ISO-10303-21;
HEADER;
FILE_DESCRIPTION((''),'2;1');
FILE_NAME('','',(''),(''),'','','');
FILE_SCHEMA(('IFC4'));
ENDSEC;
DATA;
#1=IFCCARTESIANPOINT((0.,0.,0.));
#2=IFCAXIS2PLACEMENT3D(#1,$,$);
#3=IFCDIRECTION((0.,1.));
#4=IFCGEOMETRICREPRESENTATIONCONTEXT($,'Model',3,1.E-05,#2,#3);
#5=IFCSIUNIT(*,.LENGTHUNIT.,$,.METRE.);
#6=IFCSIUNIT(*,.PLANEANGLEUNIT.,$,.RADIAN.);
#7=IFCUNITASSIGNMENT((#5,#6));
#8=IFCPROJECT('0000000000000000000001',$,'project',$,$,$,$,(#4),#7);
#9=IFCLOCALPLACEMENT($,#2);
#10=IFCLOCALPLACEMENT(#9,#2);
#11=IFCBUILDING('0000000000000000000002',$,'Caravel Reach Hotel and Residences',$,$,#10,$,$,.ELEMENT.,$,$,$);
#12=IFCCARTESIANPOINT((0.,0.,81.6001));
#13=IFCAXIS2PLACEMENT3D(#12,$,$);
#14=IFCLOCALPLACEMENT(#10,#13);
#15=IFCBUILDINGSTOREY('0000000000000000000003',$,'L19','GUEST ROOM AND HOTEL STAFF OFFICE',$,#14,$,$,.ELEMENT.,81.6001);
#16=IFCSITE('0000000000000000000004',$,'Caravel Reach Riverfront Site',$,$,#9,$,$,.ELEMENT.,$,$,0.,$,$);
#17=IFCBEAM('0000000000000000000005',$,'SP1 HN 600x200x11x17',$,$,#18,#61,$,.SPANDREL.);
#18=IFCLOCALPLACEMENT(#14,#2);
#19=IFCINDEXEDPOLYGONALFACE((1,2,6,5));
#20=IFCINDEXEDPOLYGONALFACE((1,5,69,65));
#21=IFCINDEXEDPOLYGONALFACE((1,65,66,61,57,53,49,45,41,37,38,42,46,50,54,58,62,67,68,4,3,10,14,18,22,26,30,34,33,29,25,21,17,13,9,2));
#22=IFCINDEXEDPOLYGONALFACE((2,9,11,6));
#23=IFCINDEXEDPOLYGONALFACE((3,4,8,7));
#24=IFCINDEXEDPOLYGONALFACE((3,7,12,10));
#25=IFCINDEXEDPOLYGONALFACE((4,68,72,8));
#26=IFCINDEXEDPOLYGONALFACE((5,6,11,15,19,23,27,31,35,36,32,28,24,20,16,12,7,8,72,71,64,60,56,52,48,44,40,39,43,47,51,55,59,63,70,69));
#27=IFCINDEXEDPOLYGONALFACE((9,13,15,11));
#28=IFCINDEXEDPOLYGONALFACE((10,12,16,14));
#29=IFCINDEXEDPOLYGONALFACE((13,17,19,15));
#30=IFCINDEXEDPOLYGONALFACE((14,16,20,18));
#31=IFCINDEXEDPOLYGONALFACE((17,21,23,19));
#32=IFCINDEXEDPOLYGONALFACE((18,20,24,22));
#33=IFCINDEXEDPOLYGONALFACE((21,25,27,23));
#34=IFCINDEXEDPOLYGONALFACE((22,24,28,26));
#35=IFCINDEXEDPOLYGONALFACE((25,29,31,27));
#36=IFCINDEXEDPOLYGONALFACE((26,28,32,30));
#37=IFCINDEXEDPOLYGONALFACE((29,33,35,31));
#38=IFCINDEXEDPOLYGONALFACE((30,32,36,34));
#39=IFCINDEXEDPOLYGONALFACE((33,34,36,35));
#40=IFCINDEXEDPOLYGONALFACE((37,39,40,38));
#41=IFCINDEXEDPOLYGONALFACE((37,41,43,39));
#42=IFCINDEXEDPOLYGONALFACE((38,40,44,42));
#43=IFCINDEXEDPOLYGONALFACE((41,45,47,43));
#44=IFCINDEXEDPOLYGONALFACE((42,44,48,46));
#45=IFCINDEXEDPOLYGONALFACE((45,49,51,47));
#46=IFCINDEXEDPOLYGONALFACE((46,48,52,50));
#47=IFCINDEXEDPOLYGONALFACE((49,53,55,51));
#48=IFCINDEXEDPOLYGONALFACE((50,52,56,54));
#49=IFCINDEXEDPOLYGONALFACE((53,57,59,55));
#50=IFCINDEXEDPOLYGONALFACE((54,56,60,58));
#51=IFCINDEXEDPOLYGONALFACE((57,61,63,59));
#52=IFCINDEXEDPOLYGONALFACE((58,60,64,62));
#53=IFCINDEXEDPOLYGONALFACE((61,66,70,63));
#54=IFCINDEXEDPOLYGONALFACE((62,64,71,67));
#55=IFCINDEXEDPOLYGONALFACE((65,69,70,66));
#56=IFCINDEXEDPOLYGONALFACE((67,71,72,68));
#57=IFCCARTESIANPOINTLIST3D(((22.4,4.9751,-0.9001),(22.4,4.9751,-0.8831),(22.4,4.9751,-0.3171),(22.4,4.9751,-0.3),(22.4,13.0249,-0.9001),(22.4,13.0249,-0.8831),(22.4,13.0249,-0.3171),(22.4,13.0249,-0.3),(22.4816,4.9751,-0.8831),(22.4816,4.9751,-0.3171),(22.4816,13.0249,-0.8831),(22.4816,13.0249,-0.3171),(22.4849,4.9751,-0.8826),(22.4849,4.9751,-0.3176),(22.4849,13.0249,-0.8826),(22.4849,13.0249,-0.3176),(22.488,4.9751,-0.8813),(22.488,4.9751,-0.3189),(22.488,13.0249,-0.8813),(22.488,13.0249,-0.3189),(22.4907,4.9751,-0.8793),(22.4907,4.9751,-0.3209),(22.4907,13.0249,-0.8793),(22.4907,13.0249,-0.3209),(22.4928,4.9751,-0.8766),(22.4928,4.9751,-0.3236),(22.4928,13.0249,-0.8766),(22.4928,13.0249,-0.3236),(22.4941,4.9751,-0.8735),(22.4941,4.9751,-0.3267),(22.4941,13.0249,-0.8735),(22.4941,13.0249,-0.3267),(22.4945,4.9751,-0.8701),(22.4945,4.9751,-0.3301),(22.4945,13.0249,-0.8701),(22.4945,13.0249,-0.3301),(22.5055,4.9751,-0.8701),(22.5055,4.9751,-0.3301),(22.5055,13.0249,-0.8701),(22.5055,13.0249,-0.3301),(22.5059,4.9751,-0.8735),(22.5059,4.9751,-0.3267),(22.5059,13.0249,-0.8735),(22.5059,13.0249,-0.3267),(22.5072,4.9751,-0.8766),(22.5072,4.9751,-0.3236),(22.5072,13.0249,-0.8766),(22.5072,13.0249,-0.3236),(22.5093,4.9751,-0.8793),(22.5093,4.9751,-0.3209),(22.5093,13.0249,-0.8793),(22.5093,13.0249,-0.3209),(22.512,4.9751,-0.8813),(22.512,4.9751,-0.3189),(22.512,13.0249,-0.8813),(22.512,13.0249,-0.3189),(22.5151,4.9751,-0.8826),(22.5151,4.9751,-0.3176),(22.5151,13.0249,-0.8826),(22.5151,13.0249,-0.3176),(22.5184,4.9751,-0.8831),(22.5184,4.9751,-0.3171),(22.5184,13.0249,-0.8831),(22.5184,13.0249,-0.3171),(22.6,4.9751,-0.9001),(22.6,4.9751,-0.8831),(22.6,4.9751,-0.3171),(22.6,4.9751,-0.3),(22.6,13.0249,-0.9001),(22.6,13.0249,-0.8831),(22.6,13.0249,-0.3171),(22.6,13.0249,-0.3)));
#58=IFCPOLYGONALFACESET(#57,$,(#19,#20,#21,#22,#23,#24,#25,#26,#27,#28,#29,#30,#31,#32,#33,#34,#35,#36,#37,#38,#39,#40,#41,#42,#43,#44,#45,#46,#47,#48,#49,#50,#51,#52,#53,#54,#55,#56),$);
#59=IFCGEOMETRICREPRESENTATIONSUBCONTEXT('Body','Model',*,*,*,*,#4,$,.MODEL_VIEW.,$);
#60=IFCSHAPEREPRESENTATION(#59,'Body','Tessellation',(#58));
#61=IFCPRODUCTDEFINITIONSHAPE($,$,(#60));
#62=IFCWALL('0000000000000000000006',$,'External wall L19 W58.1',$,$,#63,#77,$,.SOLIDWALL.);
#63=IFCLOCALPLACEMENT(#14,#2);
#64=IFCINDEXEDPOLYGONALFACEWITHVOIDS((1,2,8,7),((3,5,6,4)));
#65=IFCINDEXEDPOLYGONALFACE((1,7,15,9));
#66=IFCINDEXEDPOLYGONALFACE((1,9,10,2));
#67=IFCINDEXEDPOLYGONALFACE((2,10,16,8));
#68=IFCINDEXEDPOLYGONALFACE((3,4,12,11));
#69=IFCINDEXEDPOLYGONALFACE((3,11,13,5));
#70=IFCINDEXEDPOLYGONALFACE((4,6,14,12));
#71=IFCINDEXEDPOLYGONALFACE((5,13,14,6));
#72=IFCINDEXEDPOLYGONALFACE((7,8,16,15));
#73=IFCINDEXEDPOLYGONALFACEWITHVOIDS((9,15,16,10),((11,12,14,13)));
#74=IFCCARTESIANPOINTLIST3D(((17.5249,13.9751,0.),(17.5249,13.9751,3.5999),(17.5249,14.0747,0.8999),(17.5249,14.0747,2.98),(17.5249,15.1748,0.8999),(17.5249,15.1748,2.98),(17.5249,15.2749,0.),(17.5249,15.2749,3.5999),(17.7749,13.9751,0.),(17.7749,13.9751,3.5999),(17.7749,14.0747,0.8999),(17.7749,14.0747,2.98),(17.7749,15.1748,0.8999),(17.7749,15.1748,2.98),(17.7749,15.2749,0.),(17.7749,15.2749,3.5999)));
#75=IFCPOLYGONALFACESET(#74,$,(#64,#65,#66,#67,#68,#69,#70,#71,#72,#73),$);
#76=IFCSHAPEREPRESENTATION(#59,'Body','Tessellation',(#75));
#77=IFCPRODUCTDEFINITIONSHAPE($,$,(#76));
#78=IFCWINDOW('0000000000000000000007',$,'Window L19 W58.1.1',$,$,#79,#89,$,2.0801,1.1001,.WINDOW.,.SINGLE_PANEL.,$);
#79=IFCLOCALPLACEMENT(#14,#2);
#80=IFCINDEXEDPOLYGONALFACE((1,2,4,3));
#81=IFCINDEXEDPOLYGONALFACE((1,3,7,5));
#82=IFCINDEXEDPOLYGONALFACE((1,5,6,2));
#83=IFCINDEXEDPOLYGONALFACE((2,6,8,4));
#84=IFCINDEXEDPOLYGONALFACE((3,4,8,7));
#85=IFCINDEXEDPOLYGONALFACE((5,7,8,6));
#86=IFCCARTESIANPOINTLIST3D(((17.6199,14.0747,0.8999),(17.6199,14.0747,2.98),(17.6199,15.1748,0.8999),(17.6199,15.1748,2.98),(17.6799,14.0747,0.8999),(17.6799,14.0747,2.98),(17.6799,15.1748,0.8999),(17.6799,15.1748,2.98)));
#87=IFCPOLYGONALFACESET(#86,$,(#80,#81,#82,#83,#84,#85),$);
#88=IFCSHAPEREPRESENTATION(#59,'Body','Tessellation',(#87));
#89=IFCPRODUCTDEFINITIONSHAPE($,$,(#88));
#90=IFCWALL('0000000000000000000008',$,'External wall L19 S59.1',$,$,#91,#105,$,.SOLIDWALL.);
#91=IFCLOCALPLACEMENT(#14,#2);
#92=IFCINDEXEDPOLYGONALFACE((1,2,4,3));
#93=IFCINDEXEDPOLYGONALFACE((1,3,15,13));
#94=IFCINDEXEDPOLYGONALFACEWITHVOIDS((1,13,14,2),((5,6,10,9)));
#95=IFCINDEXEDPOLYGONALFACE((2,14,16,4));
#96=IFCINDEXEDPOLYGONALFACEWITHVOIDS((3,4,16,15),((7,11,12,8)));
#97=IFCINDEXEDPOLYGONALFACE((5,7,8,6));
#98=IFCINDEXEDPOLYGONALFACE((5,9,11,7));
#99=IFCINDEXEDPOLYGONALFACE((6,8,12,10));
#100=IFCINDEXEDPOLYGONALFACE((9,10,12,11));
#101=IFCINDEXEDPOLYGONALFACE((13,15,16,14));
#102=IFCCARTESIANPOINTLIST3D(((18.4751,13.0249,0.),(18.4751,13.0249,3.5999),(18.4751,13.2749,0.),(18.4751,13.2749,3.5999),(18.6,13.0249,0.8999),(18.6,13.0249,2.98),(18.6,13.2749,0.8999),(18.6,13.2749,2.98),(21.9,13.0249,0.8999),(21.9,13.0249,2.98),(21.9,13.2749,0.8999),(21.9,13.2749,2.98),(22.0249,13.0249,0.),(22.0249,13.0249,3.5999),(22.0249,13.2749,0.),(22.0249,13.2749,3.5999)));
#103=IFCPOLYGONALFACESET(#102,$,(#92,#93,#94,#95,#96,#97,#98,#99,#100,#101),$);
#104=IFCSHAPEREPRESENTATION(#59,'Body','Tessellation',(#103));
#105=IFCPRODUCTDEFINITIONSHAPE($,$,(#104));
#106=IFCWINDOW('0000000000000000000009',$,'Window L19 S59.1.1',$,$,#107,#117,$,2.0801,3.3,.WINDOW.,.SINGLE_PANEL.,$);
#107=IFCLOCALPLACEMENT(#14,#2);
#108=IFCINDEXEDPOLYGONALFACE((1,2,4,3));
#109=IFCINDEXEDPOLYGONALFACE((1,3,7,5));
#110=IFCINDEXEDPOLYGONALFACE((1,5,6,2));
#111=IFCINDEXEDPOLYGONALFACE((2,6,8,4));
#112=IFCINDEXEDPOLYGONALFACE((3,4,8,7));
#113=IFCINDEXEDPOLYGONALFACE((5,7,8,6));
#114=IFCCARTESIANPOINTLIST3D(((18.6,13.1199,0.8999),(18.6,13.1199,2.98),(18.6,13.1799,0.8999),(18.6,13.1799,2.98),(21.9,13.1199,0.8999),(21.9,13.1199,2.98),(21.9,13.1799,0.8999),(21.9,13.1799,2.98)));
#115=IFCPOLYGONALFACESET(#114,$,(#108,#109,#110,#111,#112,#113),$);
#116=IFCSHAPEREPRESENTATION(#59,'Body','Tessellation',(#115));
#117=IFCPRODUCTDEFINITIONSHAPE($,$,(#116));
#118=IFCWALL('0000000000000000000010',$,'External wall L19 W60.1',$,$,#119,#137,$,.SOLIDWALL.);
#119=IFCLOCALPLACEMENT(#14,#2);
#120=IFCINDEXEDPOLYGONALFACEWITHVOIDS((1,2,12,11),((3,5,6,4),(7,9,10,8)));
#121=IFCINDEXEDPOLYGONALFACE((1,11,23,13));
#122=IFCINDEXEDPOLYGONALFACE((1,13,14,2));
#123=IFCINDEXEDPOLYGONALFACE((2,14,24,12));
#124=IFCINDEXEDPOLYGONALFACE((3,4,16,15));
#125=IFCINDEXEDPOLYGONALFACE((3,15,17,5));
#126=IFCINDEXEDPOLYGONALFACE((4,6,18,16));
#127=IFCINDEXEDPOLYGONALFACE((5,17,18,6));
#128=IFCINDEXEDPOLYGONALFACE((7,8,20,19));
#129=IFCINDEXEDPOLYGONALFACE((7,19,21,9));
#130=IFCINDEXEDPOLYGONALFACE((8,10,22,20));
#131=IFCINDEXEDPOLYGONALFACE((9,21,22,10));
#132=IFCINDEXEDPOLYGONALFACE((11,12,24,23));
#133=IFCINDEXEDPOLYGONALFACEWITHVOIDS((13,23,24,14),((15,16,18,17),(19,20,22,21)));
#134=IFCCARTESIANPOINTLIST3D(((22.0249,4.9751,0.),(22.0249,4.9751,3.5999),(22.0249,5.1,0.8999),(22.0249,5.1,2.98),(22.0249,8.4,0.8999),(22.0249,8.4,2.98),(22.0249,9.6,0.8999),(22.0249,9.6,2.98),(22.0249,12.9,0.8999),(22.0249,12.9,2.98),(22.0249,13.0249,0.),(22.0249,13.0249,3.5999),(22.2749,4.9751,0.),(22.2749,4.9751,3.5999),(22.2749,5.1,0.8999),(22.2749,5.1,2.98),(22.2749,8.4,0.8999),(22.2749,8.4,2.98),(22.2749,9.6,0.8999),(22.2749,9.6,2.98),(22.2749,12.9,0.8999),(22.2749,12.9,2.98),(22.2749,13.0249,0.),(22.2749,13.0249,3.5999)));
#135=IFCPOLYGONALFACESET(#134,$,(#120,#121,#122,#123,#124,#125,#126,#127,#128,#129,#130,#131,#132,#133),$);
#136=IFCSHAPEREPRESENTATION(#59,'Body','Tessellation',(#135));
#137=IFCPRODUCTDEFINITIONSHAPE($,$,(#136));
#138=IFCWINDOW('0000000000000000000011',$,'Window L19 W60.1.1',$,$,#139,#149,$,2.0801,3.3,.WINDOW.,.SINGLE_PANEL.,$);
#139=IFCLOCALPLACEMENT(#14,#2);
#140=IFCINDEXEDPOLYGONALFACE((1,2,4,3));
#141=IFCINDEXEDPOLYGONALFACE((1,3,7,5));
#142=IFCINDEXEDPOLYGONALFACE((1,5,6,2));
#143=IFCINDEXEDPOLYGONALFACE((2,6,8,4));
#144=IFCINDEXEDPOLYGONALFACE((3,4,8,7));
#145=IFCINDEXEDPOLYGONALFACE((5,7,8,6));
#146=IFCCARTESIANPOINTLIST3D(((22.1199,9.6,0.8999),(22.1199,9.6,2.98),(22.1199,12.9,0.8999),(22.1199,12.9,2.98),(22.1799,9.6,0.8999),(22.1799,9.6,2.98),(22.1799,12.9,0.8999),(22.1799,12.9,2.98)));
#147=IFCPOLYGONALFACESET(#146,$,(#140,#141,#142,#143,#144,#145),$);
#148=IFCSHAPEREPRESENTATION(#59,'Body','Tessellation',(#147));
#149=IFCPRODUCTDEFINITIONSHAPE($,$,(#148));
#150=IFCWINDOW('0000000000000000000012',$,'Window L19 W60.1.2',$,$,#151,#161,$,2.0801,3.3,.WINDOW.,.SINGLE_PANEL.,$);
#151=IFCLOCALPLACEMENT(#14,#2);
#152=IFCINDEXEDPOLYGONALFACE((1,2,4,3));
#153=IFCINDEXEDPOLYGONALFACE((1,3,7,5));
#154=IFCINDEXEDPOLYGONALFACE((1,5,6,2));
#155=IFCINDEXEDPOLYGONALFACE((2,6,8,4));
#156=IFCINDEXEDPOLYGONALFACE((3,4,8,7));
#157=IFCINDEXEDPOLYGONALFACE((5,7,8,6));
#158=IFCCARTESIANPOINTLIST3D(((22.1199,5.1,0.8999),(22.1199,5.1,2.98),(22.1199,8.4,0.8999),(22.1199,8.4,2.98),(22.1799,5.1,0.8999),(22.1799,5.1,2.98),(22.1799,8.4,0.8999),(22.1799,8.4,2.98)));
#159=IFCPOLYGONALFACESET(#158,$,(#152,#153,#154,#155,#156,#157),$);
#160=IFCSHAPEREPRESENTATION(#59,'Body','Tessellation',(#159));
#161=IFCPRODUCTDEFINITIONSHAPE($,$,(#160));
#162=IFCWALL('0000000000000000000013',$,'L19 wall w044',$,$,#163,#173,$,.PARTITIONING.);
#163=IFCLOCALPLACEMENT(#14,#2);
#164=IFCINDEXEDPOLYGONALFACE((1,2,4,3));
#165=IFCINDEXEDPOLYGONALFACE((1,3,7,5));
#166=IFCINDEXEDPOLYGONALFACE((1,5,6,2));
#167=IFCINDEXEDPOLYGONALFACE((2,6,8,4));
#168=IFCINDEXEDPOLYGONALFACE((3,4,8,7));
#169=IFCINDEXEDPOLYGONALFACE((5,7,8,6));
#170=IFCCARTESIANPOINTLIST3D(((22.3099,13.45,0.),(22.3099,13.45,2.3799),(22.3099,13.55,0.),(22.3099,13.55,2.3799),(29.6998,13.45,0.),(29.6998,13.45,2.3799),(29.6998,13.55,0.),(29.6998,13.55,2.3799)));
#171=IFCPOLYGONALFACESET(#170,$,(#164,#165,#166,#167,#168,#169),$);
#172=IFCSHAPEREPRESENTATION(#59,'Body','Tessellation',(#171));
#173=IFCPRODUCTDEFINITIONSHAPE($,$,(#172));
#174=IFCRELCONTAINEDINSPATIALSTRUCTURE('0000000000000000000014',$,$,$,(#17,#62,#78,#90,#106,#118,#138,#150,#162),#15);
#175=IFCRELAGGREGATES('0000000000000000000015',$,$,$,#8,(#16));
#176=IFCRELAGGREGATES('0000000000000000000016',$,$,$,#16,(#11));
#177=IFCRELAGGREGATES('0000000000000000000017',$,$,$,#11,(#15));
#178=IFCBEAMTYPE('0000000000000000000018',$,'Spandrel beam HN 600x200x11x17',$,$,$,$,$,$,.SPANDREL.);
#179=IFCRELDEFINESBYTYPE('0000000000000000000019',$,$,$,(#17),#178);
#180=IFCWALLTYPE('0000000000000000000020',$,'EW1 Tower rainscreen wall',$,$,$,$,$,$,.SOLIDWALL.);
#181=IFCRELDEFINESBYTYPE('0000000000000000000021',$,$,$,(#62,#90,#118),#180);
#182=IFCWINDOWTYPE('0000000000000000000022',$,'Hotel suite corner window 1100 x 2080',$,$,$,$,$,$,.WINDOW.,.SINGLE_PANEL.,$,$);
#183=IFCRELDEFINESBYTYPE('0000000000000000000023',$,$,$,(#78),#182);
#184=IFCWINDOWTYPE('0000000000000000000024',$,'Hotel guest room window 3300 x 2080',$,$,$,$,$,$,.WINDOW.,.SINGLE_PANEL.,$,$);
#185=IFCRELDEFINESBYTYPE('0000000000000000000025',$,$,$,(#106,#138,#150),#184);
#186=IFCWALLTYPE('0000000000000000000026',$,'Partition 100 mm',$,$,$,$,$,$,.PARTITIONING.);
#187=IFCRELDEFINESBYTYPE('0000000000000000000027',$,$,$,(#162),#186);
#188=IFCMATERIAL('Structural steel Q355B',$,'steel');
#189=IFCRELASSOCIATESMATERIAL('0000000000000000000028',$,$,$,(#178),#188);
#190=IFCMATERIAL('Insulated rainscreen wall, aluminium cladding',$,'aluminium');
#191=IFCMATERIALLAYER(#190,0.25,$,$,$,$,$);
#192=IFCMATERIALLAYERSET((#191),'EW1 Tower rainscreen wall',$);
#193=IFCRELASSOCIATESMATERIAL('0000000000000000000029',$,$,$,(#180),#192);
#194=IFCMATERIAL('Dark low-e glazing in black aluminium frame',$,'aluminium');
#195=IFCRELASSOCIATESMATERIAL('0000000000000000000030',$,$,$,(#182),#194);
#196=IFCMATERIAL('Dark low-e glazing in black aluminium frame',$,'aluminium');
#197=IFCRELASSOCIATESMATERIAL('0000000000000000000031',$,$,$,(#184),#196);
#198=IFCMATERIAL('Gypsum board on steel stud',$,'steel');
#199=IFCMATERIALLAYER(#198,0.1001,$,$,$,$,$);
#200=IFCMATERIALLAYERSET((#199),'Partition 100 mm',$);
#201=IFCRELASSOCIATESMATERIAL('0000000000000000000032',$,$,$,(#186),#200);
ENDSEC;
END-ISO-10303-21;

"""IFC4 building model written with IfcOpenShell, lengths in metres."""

from ifc_helpers import new_model, si_unit, direction, frame, frame_2d, origin, origin_2d, place, context, subcontext, project, spatial, rectangle, i_section, extrude, material, layer, layer_set, material_profile, profile_set, type_object, element, fill, save


model = new_model("IFC4")

# Units and contexts
model_context = context("Model", 3, precision=1e-05, world=origin(), true_north=direction((0.0, 1.0)))
body_context = subcontext(model_context, "Body", "Model", "MODEL_VIEW")
ifc_project = project(units=[si_unit("LENGTHUNIT", "METRE"), si_unit("PLANEANGLEUNIT", "RADIAN")], contexts=[model_context])

# Site, building, storey
site_placement = place(None, origin())
site = spatial("IfcSite", under=ifc_project, at=site_placement, Name="Caravel Reach Riverfront Site", CompositionType="ELEMENT", RefElevation=0.0)
building_placement = place(site_placement, origin())
building = spatial("IfcBuilding", under=site, at=building_placement, Name="Caravel Reach Hotel and Residences", CompositionType="ELEMENT")
storey_placement = place(building_placement, frame((0.0, 0.0, 81.6001)))
storey = spatial("IfcBuildingStorey", under=building, at=storey_placement, Name="L19", Description="GUEST ROOM AND HOTEL STAFF OFFICE", CompositionType="ELEMENT", Elevation=81.6001)

# Beam
ifc_material_1 = material(Name="Structural steel Q355B", Category="steel")
ifc_material_profile_1 = material_profile(ifc_material_1, i_section(OverallWidth=0.2, OverallDepth=0.6001, WebThickness=0.011, FlangeThickness=0.0171, FilletRadius=0.0129, at=origin_2d()), Name="HN 600x200x11x17")
ifc_profile_set_1 = profile_set([ifc_material_profile_1], Name="Structural steel Q355B")
beam_type_1 = type_object("IfcBeamType", Name="Spandrel beam HN 600x200x11x17", PredefinedType="SPANDREL", material=ifc_profile_set_1)
beam_1_placement = place(storey_placement, frame((22.5, 13.0249, -0.6001), z_axis=(0.0, -1.0, 0.0), x_axis=(1.0, 0.0, 0.0)))
element("IfcBeam", 1, at=beam_1_placement, inside=storey, type_object=beam_type_1, Name="SP1 HN 600x200x11x17", PredefinedType="SPANDREL", context=body_context, shape_type="SweptSolid", body=[
    extrude(i_section(OverallWidth=0.2, OverallDepth=0.6001, WebThickness=0.011, FlangeThickness=0.0171, FilletRadius=0.0129, at=origin_2d()), origin(), (0.0, 0.0, 1.0), 8.0498),
])

# Walls, openings, windows
ifc_material_2 = material(Name="Insulated rainscreen wall, aluminium cladding", Category="aluminium")
ifc_layer_1 = layer(ifc_material_2, 0.25)
ifc_layer_set_1 = layer_set([ifc_layer_1], Name="EW1 Tower rainscreen wall")
wall_type_1 = type_object("IfcWallType", Name="EW1 Tower rainscreen wall", PredefinedType="SOLIDWALL", material=ifc_layer_set_1)
wall_1_placement = place(storey_placement, frame((17.6499, 15.2749, 0.0), z_axis=(0.0, 0.0, 1.0), x_axis=(0.0, -1.0, 0.0)))
wall_1 = element("IfcWall", 2, at=wall_1_placement, inside=storey, type_object=wall_type_1, Name="External wall L19 W58.1", PredefinedType="SOLIDWALL", context=body_context, shape_type="SweptSolid", body=[
    extrude(rectangle(XDim=1.2998, YDim=0.25, at=frame_2d((0.6499, 0.0))), origin(), (0.0, 0.0, 1.0), 3.5999),
])
opening_1_placement = place(wall_1_placement, frame((0.1001, 0.0, 0.8999)))
opening_1 = element("IfcOpeningElement", 3, at=opening_1_placement, cuts=wall_1, PredefinedType="OPENING", context=body_context, shape_type="SweptSolid", body=[
    extrude(rectangle(XDim=1.1001, YDim=2.0801, at=frame_2d((0.55, 1.04))), frame((0.0, 0.135, 0.0), z_axis=(0.0, -1.0, 0.0), x_axis=(1.0, 0.0, 0.0)), (0.0, 0.0, 1.0), 0.27),
])
ifc_material_3 = material(Name="Dark low-e glazing in black aluminium frame", Category="aluminium")
window_type_1 = type_object("IfcWindowType", Name="Hotel suite corner window 1100 x 2080", PartitioningType="SINGLE_PANEL", PredefinedType="WINDOW", material=ifc_material_3)
window_1_placement = place(opening_1_placement, origin())
window_1 = element("IfcWindow", 4, at=window_1_placement, inside=storey, type_object=window_type_1, Name="Window L19 W58.1.1", OverallHeight=2.0801, OverallWidth=1.1001, PartitioningType="SINGLE_PANEL", PredefinedType="WINDOW", context=body_context, shape_type="SweptSolid", body=[
    extrude(rectangle(XDim=1.1001, YDim=2.0801, at=frame_2d((0.55, 1.04))), frame((0.0, 0.03, 0.0), z_axis=(0.0, -1.0, 0.0), x_axis=(1.0, 0.0, 0.0)), (0.0, 0.0, 1.0), 0.0601),
])
fill(opening_1, window_1)
wall_2_placement = place(storey_placement, frame((18.4751, 13.1499, 0.0), z_axis=(0.0, 0.0, 1.0), x_axis=(1.0, 0.0, 0.0)))
wall_2 = element("IfcWall", 5, at=wall_2_placement, inside=storey, type_object=wall_type_1, Name="External wall L19 S59.1", PredefinedType="SOLIDWALL", context=body_context, shape_type="SweptSolid", body=[
    extrude(rectangle(XDim=3.5498, YDim=0.25, at=frame_2d((1.7749, 0.0))), origin(), (0.0, 0.0, 1.0), 3.5999),
])
opening_2_placement = place(wall_2_placement, frame((0.125, 0.0, 0.8999)))
opening_2 = element("IfcOpeningElement", 6, at=opening_2_placement, cuts=wall_2, PredefinedType="OPENING", context=body_context, shape_type="SweptSolid", body=[
    extrude(rectangle(XDim=3.3, YDim=2.0801, at=frame_2d((1.6499, 1.04))), frame((0.0, 0.135, 0.0), z_axis=(0.0, -1.0, 0.0), x_axis=(1.0, 0.0, 0.0)), (0.0, 0.0, 1.0), 0.27),
])
ifc_material_4 = material(Name="Dark low-e glazing in black aluminium frame", Category="aluminium")
window_type_2 = type_object("IfcWindowType", Name="Hotel guest room window 3300 x 2080", PartitioningType="SINGLE_PANEL", PredefinedType="WINDOW", material=ifc_material_4)
window_2_placement = place(opening_2_placement, origin())
window_2 = element("IfcWindow", 7, at=window_2_placement, inside=storey, type_object=window_type_2, Name="Window L19 S59.1.1", OverallHeight=2.0801, OverallWidth=3.3, PartitioningType="SINGLE_PANEL", PredefinedType="WINDOW", context=body_context, shape_type="SweptSolid", body=[
    extrude(rectangle(XDim=3.3, YDim=2.0801, at=frame_2d((1.6499, 1.04))), frame((0.0, 0.03, 0.0), z_axis=(0.0, -1.0, 0.0), x_axis=(1.0, 0.0, 0.0)), (0.0, 0.0, 1.0), 0.0601),
])
fill(opening_2, window_2)

# Wall, openings, windows
wall_3_placement = place(storey_placement, frame((22.1499, 13.0249, 0.0), z_axis=(0.0, 0.0, 1.0), x_axis=(0.0, -1.0, 0.0)))
wall_3 = element("IfcWall", 8, at=wall_3_placement, inside=storey, type_object=wall_type_1, Name="External wall L19 W60.1", PredefinedType="SOLIDWALL", context=body_context, shape_type="SweptSolid", body=[
    extrude(rectangle(XDim=8.0498, YDim=0.25, at=frame_2d((4.0249, 0.0))), origin(), (0.0, 0.0, 1.0), 3.5999),
])
opening_3_placement = place(wall_3_placement, frame((0.125, 0.0, 0.8999)))
opening_3 = element("IfcOpeningElement", 9, at=opening_3_placement, cuts=wall_3, PredefinedType="OPENING", context=body_context, shape_type="SweptSolid", body=[
    extrude(rectangle(XDim=3.3, YDim=2.0801, at=frame_2d((1.6499, 1.04))), frame((0.0, 0.135, 0.0), z_axis=(0.0, -1.0, 0.0), x_axis=(1.0, 0.0, 0.0)), (0.0, 0.0, 1.0), 0.27),
])
opening_4_placement = place(wall_3_placement, frame((4.625, 0.0, 0.8999)))
opening_4 = element("IfcOpeningElement", 10, at=opening_4_placement, cuts=wall_3, PredefinedType="OPENING", context=body_context, shape_type="SweptSolid", body=[
    extrude(rectangle(XDim=3.3, YDim=2.0801, at=frame_2d((1.6499, 1.04))), frame((0.0, 0.135, 0.0), z_axis=(0.0, -1.0, 0.0), x_axis=(1.0, 0.0, 0.0)), (0.0, 0.0, 1.0), 0.27),
])
window_3_placement = place(opening_3_placement, origin())
window_3 = element("IfcWindow", 11, at=window_3_placement, inside=storey, type_object=window_type_2, Name="Window L19 W60.1.1", OverallHeight=2.0801, OverallWidth=3.3, PartitioningType="SINGLE_PANEL", PredefinedType="WINDOW", context=body_context, shape_type="SweptSolid", body=[
    extrude(rectangle(XDim=3.3, YDim=2.0801, at=frame_2d((1.6499, 1.04))), frame((0.0, 0.03, 0.0), z_axis=(0.0, -1.0, 0.0), x_axis=(1.0, 0.0, 0.0)), (0.0, 0.0, 1.0), 0.0601),
])
fill(opening_3, window_3)
window_4_placement = place(opening_4_placement, origin())
window_4 = element("IfcWindow", 12, at=window_4_placement, inside=storey, type_object=window_type_2, Name="Window L19 W60.1.2", OverallHeight=2.0801, OverallWidth=3.3, PartitioningType="SINGLE_PANEL", PredefinedType="WINDOW", context=body_context, shape_type="SweptSolid", body=[
    extrude(rectangle(XDim=3.3, YDim=2.0801, at=frame_2d((1.6499, 1.04))), frame((0.0, 0.03, 0.0), z_axis=(0.0, -1.0, 0.0), x_axis=(1.0, 0.0, 0.0)), (0.0, 0.0, 1.0), 0.0601),
])
fill(opening_4, window_4)

# Wall
ifc_material_5 = material(Name="Gypsum board on steel stud", Category="steel")
ifc_layer_2 = layer(ifc_material_5, 0.1001)
ifc_layer_set_2 = layer_set([ifc_layer_2], Name="Partition 100 mm")
wall_type_2 = type_object("IfcWallType", Name="Partition 100 mm", PredefinedType="PARTITIONING", material=ifc_layer_set_2)
wall_4_placement = place(storey_placement, frame((22.3101, 13.5, 0.0), z_axis=(0.0, 0.0, 1.0), x_axis=(1.0, 0.0, 0.0)))
element("IfcWall", 13, at=wall_4_placement, inside=storey, type_object=wall_type_2, Name="L19 wall w044", PredefinedType="PARTITIONING", context=body_context, shape_type="SweptSolid", body=[
    extrude(rectangle(XDim=7.3899, YDim=0.1001, at=frame_2d((3.6948, 0.0))), origin(), (0.0, 0.0, 1.0), 2.3799),
])

save(model, "model.ifc")
